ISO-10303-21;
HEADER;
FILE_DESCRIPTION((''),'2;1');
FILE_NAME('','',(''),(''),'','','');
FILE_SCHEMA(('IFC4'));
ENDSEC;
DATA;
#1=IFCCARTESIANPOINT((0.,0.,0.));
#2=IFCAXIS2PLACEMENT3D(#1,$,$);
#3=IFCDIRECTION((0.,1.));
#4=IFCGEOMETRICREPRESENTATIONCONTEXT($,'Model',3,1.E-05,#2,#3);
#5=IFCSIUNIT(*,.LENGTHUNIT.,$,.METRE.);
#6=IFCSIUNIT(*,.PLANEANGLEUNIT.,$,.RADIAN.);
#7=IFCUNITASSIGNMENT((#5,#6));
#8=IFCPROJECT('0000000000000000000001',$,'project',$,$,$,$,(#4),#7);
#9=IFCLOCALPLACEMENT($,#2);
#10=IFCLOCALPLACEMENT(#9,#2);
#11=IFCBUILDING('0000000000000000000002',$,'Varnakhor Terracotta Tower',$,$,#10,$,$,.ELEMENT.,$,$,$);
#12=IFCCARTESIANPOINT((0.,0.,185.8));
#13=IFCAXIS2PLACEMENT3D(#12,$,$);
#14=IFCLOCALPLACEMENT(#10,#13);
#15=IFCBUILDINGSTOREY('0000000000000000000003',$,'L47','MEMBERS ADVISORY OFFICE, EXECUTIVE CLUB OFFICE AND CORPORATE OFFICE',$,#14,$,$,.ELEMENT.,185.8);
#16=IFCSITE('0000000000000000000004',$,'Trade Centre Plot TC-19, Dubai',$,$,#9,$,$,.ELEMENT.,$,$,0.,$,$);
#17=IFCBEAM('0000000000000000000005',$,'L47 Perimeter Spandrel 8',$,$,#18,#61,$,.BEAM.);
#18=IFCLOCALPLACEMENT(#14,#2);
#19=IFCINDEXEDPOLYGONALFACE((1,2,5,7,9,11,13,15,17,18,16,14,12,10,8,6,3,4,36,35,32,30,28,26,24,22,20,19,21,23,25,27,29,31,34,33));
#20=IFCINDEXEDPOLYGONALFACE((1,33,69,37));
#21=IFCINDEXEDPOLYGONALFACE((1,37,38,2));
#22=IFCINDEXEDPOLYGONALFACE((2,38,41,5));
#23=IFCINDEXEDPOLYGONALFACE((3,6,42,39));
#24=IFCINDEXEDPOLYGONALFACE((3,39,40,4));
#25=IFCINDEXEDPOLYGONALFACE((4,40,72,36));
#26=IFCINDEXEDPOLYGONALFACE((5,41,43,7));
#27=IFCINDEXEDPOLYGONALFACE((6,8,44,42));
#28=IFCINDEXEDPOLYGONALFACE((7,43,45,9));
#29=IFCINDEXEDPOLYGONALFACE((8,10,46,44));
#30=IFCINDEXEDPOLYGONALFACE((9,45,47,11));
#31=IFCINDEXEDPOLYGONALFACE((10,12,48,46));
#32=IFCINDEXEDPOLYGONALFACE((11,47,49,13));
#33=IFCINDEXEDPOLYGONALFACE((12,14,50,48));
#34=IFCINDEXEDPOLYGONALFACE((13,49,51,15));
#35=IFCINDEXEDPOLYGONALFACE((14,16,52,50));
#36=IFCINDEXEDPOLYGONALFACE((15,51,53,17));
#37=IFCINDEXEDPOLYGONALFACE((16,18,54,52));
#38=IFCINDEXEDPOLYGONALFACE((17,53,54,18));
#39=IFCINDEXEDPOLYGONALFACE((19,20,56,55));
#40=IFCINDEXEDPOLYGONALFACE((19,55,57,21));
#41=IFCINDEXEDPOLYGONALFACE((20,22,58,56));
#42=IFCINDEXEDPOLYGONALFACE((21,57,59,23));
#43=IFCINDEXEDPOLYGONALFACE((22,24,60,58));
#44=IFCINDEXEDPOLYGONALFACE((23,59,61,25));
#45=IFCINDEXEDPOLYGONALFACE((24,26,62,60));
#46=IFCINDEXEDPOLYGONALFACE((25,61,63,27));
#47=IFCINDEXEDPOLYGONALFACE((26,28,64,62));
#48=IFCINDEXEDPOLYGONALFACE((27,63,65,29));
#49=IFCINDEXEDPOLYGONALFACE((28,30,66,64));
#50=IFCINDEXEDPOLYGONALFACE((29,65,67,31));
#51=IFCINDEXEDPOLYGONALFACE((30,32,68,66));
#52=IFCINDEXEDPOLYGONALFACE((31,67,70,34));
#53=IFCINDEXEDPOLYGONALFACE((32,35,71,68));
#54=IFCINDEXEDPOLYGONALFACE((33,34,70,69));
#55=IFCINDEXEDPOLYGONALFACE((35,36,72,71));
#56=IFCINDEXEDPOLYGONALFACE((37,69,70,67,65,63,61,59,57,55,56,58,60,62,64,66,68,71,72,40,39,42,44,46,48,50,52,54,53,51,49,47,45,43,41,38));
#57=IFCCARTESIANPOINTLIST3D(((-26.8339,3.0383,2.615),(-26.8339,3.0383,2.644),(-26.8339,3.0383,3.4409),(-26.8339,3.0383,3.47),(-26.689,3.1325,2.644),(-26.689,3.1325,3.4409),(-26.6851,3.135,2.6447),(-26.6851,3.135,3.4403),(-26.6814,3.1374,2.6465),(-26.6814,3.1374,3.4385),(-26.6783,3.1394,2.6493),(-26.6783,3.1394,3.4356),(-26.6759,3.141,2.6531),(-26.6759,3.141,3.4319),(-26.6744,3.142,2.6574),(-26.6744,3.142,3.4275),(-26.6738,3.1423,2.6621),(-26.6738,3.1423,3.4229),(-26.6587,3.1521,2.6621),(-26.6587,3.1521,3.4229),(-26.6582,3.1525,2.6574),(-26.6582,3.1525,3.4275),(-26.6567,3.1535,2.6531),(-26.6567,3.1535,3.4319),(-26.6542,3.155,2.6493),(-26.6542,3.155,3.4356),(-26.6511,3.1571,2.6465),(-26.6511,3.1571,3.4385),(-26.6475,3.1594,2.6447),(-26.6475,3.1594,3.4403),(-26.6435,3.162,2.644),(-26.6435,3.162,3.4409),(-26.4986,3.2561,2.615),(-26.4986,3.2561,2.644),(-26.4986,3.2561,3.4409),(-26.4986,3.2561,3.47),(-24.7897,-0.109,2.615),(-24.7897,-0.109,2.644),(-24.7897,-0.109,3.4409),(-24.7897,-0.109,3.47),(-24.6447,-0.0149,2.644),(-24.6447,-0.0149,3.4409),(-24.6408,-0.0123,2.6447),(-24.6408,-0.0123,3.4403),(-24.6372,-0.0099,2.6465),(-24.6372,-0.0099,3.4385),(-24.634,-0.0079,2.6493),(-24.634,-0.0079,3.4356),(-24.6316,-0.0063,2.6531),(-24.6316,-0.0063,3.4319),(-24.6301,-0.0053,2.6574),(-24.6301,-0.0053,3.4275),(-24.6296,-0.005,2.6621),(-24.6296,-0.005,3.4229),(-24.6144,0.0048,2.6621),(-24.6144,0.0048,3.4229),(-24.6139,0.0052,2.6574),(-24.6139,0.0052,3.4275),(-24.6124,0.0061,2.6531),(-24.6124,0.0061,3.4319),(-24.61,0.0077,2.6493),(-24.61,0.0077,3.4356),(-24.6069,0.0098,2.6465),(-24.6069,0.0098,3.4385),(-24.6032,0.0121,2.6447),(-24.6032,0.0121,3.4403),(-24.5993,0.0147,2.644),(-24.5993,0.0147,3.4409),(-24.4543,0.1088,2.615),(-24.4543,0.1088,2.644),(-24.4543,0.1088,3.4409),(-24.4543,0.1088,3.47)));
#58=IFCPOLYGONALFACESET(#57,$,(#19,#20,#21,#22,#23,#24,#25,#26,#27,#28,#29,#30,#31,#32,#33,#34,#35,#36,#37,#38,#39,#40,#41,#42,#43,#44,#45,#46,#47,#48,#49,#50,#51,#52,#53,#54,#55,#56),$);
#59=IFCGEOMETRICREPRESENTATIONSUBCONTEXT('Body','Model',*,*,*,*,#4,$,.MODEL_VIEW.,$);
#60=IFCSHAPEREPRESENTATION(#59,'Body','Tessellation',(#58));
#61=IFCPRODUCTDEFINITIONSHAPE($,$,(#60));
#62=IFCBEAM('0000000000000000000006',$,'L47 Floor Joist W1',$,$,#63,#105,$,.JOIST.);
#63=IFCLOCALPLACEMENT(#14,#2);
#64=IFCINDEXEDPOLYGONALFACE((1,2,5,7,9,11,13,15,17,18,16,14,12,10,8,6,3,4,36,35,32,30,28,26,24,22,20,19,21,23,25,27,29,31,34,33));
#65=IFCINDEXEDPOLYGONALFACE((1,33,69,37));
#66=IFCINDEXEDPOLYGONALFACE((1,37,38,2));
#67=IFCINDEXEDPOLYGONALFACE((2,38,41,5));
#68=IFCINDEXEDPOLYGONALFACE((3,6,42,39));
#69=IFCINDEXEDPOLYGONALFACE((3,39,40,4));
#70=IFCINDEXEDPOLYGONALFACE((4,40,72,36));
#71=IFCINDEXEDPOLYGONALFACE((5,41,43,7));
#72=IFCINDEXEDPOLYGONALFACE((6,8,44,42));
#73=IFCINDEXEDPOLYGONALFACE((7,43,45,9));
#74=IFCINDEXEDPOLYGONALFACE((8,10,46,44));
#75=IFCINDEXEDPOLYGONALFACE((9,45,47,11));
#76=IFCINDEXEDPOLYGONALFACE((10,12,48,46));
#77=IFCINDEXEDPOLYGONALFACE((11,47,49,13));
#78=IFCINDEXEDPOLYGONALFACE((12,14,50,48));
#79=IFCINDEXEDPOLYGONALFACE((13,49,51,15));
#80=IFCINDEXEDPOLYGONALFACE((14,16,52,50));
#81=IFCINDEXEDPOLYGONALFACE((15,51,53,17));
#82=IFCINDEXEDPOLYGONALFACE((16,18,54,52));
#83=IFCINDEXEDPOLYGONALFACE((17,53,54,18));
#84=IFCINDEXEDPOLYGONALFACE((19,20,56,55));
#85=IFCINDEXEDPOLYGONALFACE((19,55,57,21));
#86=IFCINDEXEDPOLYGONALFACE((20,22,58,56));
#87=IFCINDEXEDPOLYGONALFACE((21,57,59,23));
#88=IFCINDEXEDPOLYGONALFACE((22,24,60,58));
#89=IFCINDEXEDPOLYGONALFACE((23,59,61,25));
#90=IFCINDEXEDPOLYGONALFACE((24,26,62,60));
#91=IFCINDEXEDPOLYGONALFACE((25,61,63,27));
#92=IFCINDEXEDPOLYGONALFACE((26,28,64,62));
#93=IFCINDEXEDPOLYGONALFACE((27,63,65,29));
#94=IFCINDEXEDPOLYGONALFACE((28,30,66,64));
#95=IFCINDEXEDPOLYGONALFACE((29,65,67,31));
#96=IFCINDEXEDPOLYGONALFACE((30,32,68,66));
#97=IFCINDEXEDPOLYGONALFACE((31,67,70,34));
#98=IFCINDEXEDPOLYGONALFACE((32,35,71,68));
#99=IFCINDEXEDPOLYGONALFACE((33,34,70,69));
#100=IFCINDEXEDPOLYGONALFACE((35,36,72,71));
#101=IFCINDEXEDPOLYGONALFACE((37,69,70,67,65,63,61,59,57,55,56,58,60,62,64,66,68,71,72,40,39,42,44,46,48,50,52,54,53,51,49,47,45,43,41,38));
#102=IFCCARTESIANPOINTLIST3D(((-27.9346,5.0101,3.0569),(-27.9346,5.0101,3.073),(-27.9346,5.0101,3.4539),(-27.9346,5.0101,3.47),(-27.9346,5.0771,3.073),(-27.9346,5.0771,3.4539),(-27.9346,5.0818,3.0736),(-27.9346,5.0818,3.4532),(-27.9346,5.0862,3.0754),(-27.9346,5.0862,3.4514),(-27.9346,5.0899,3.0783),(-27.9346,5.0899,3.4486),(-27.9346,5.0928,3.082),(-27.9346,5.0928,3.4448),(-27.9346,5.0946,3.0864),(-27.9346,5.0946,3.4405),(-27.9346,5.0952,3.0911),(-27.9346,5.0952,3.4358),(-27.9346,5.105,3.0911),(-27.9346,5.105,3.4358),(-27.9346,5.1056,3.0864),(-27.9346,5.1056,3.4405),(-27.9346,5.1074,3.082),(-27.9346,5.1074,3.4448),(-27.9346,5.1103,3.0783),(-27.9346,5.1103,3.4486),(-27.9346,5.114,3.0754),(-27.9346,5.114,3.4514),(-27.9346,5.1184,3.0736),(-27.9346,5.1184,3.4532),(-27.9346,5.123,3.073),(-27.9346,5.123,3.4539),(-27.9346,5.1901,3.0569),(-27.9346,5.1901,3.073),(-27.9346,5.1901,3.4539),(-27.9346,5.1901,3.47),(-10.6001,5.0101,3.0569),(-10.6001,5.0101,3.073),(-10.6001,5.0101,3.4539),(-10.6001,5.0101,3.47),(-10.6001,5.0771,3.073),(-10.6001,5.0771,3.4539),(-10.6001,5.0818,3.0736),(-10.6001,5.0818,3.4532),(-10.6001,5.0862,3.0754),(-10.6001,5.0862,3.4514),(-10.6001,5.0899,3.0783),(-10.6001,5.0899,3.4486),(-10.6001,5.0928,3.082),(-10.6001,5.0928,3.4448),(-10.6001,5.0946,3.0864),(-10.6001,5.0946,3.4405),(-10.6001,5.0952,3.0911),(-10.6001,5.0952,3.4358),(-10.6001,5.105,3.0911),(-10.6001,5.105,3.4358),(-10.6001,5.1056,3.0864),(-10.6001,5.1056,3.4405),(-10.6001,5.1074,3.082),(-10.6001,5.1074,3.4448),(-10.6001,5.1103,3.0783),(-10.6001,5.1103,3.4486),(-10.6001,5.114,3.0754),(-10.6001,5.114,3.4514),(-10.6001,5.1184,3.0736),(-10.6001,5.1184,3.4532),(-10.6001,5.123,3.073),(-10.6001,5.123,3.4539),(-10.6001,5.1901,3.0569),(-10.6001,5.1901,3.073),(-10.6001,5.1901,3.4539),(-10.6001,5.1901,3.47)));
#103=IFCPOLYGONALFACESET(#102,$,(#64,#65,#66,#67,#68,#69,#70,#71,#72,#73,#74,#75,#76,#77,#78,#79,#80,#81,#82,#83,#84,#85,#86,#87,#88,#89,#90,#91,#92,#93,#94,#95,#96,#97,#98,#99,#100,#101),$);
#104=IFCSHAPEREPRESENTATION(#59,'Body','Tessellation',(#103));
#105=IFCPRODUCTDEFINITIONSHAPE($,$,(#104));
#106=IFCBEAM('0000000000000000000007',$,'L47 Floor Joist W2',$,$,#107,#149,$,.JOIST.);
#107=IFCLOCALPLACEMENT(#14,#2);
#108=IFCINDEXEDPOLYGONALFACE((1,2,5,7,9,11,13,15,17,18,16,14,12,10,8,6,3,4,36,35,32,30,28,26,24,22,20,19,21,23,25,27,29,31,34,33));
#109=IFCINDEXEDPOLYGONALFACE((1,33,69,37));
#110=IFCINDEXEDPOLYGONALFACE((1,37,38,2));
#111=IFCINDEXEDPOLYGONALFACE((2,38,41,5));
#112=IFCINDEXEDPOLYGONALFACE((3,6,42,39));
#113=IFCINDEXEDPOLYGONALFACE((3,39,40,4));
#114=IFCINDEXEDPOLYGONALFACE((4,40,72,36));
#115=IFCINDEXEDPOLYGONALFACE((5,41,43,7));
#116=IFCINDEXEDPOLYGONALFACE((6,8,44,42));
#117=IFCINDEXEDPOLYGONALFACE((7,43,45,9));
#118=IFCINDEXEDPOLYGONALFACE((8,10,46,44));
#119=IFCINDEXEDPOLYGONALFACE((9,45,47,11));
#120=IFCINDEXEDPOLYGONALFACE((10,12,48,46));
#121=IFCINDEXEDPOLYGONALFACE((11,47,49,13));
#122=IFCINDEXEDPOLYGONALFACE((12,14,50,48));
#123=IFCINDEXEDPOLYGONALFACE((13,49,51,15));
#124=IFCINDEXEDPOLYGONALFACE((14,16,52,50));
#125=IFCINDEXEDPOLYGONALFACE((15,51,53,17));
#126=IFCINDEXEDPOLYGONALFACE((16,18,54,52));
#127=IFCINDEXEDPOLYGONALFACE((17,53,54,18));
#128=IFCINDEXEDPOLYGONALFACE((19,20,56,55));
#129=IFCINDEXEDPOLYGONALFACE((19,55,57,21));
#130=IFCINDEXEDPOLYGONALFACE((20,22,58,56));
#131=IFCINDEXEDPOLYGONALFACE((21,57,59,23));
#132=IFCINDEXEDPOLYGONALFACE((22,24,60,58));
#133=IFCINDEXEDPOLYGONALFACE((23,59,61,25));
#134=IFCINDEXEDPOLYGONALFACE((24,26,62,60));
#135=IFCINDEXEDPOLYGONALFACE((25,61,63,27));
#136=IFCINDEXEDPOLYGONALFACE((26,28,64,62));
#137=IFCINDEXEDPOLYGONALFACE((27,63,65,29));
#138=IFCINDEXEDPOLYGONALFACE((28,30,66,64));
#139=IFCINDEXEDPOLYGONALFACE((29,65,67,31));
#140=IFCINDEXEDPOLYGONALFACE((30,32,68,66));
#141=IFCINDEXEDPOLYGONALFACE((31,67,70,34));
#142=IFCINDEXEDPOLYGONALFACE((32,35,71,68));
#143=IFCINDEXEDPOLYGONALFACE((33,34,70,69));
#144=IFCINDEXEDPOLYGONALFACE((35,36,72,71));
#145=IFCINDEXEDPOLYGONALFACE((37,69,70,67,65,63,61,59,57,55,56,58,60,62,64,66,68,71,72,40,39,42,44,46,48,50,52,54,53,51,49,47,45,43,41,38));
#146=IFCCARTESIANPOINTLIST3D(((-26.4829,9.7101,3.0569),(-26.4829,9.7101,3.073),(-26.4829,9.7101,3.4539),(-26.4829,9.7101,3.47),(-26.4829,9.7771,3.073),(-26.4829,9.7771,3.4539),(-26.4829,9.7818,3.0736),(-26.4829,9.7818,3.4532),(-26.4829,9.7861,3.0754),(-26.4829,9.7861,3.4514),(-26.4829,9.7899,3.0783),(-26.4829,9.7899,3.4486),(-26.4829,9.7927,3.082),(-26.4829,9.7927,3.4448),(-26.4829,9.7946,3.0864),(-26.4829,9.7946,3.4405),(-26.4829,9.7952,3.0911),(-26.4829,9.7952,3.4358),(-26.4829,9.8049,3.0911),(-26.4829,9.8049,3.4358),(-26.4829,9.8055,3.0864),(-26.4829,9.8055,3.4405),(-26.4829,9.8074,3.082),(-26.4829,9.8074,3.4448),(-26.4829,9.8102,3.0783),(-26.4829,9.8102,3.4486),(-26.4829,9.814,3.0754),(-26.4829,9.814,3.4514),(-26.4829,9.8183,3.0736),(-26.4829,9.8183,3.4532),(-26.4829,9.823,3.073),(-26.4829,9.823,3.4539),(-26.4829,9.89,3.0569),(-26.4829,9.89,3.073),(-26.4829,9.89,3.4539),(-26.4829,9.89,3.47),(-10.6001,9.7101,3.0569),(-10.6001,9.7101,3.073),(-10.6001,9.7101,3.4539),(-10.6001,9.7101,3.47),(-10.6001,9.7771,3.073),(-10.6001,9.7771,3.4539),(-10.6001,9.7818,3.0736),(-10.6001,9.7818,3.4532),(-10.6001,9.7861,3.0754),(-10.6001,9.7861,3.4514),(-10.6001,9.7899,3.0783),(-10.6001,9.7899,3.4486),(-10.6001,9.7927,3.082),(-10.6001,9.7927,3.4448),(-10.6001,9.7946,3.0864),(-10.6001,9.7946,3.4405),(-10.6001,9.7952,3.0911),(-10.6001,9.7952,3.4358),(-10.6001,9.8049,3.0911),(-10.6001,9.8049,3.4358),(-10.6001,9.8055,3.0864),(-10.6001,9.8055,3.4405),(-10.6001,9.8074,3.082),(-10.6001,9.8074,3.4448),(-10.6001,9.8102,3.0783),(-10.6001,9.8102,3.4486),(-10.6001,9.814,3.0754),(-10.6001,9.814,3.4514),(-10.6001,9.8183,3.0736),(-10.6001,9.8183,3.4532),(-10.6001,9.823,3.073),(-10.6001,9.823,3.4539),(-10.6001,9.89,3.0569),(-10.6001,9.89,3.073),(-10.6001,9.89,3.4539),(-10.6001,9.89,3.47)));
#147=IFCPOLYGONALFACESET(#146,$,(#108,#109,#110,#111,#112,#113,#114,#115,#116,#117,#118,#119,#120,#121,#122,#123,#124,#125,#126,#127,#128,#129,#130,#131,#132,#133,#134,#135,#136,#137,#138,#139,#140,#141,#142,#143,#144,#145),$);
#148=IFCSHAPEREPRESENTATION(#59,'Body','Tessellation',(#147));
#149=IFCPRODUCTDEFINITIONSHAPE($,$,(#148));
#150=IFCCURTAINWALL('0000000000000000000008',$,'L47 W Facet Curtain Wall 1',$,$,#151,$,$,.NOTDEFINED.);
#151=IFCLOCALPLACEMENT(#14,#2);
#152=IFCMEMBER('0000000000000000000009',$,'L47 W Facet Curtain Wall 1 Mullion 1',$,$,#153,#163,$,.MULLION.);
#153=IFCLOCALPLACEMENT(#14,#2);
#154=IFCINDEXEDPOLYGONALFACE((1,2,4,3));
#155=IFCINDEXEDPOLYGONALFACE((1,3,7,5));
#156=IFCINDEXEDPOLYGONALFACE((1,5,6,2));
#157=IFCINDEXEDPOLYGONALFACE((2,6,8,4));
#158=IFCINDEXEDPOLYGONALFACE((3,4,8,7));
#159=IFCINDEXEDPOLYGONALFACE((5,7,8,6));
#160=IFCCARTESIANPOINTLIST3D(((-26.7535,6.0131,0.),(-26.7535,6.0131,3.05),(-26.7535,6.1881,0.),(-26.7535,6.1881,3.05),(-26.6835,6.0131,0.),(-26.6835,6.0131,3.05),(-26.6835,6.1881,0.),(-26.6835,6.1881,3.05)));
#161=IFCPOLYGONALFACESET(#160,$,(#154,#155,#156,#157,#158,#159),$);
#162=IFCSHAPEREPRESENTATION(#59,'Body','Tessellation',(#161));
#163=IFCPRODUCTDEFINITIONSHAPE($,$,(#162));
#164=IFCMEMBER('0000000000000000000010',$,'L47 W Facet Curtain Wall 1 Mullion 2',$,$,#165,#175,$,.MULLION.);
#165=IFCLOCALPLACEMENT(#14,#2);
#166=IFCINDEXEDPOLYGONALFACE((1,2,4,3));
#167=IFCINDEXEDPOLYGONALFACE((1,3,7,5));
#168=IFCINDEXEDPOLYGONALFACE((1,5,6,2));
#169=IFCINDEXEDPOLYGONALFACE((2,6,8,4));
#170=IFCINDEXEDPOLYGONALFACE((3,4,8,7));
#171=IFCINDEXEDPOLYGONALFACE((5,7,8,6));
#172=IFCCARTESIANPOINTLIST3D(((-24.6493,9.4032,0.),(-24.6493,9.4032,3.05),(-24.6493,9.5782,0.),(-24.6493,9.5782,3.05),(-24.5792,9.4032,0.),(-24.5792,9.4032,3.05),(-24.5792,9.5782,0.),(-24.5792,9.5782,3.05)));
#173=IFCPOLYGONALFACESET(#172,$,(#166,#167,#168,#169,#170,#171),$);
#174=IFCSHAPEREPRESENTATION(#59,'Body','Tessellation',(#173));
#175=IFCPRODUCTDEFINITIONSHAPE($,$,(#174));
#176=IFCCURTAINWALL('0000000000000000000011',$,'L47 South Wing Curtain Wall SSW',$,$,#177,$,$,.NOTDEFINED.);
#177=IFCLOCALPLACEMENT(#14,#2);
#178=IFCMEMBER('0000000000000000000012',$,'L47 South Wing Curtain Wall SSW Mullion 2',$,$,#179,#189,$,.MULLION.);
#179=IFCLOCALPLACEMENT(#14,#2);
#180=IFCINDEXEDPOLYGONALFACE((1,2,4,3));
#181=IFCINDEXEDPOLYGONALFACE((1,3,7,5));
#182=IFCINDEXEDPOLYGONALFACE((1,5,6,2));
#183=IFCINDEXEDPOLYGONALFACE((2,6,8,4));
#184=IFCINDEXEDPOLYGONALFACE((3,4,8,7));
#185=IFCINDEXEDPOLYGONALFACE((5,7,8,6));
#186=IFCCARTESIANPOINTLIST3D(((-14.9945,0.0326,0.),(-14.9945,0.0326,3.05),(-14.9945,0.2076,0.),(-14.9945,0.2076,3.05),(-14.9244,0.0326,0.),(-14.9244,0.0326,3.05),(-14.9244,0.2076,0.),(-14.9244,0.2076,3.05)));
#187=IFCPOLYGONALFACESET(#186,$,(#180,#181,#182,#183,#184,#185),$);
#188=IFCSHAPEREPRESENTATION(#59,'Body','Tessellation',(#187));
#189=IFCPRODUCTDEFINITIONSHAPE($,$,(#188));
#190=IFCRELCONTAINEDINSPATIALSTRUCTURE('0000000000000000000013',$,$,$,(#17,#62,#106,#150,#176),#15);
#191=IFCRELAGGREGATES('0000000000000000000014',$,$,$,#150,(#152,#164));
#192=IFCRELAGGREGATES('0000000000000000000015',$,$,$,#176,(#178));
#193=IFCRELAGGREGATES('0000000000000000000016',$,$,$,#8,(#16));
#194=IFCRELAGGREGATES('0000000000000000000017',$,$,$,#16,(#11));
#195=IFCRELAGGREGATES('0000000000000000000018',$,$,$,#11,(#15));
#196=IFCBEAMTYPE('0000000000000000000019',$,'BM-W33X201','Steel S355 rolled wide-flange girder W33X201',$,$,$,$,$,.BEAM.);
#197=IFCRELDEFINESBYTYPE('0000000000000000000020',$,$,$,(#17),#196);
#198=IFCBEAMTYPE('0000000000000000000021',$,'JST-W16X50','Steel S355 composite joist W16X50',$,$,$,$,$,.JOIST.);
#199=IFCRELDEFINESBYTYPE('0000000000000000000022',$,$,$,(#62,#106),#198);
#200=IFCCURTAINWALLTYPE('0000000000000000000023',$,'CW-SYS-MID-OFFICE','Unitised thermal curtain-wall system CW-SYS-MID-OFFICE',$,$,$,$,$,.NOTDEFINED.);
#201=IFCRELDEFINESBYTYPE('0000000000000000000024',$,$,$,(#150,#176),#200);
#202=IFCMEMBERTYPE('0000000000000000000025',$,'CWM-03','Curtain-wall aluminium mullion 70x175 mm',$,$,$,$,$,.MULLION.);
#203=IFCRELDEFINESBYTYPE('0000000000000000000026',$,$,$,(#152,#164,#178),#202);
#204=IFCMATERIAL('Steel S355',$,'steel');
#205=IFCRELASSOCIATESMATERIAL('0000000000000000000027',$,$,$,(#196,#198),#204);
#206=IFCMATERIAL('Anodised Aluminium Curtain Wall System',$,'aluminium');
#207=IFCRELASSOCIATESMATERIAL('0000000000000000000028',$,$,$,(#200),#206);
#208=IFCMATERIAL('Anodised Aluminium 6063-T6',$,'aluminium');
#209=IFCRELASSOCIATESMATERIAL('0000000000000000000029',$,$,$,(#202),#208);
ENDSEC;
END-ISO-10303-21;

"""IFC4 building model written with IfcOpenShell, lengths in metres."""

from ifc_helpers import new_model, si_unit, direction, frame, origin, origin_2d, place, context, subcontext, project, spatial, rectangle, i_section, extrude, source, transform, mapped, material, material_profile, profile_set, type_object, element, aggregate, save


model = new_model("IFC4")

# Units and contexts
model_context = context("Model", 3, precision=1e-05, world=origin(), true_north=direction((0.0, 1.0)))
body_context = subcontext(model_context, "Body", "Model", "MODEL_VIEW")
ifc_project = project(units=[si_unit("LENGTHUNIT", "METRE"), si_unit("PLANEANGLEUNIT", "RADIAN")], contexts=[model_context])

# Site, building, storey
site_placement = place(None, origin())
site = spatial("IfcSite", under=ifc_project, at=site_placement, Name="Trade Centre Plot TC-19, Dubai", CompositionType="ELEMENT", RefElevation=0.0)
building_placement = place(site_placement, origin())
building = spatial("IfcBuilding", under=site, at=building_placement, Name="Varnakhor Terracotta Tower", CompositionType="ELEMENT")
storey_placement = place(building_placement, frame((0.0, 0.0, 185.8)))
storey = spatial("IfcBuildingStorey", under=building, at=storey_placement, Name="L47", Description="MEMBERS ADVISORY OFFICE, EXECUTIVE CLUB OFFICE AND CORPORATE OFFICE", CompositionType="ELEMENT", Elevation=185.8)

# Beams
ifc_material_1 = material(Name="Steel S355", Category="steel")
ifc_material_profile_1 = material_profile(ifc_material_1, i_section(OverallWidth=0.3999, OverallDepth=0.855, WebThickness=0.0181, FlangeThickness=0.0291, FilletRadius=0.0181, at=origin_2d()), Name="W33X201")
ifc_profile_set_1 = profile_set([ifc_material_profile_1], Name="Steel S355")
beam_type_1 = type_object("IfcBeamType", Name="BM-W33X201", Description="Steel S355 rolled wide-flange girder W33X201", PredefinedType="BEAM", material=ifc_profile_set_1)
shared_shape_1 = source(origin(), body_context, "Body", "SweptSolid", [
    extrude(i_section(OverallWidth=0.3999, OverallDepth=0.855, WebThickness=0.0181, FlangeThickness=0.0291, FilletRadius=0.0181, at=origin_2d()), origin(), (0.0, 0.0, 1.0), 3.7529),
])
beam_1_placement = place(storey_placement, frame((-26.6663, 3.1472, 3.0425), z_axis=(0.544707, -0.838626, 0.0), x_axis=(0.838626, 0.544707, 0.0)))
element("IfcBeam", 1, at=beam_1_placement, inside=storey, type_object=beam_type_1, Name="L47 Perimeter Spandrel 8", PredefinedType="BEAM", context=body_context, shape_type="MappedRepresentation", body=[
    mapped(shared_shape_1, transform((0.0, 0.0, 0.0), scale=1.0)),
])
ifc_material_profile_2 = material_profile(ifc_material_1, i_section(OverallWidth=0.1799, OverallDepth=0.4131, WebThickness=0.0098, FlangeThickness=0.0161, FilletRadius=0.0181, at=origin_2d()), Name="W16X50")
ifc_profile_set_2 = profile_set([ifc_material_profile_2], Name="Steel S355")
beam_type_2 = type_object("IfcBeamType", Name="JST-W16X50", Description="Steel S355 composite joist W16X50", PredefinedType="JOIST", material=ifc_profile_set_2)
shared_shape_2 = source(origin(), body_context, "Body", "SweptSolid", [
    extrude(i_section(OverallWidth=0.1799, OverallDepth=0.4131, WebThickness=0.0098, FlangeThickness=0.0161, FilletRadius=0.0181, at=origin_2d()), origin(), (0.0, 0.0, 1.0), 17.3345),
])
beam_2_placement = place(storey_placement, frame((-27.9346, 5.1001, 3.2634), z_axis=(1.0, 0.0, 0.0), x_axis=(0.0, 1.0, 0.0)))
element("IfcBeam", 2, at=beam_2_placement, inside=storey, type_object=beam_type_2, Name="L47 Floor Joist W1", PredefinedType="JOIST", context=body_context, shape_type="MappedRepresentation", body=[
    mapped(shared_shape_2, transform((0.0, 0.0, 0.0), scale=1.0)),
])
shared_shape_3 = source(origin(), body_context, "Body", "SweptSolid", [
    extrude(i_section(OverallWidth=0.1799, OverallDepth=0.4131, WebThickness=0.0098, FlangeThickness=0.0161, FilletRadius=0.0181, at=origin_2d()), origin(), (0.0, 0.0, 1.0), 15.8828),
])
beam_3_placement = place(storey_placement, frame((-26.4829, 9.8, 3.2634), z_axis=(1.0, 0.0, 0.0), x_axis=(0.0, 1.0, 0.0)))
element("IfcBeam", 3, at=beam_3_placement, inside=storey, type_object=beam_type_2, Name="L47 Floor Joist W2", PredefinedType="JOIST", context=body_context, shape_type="MappedRepresentation", body=[
    mapped(shared_shape_3, transform((0.0, 0.0, 0.0), scale=1.0)),
])

# Curtain walls, members
ifc_material_2 = material(Name="Anodised Aluminium Curtain Wall System", Category="aluminium")
curtain_wall_type = type_object("IfcCurtainWallType", Name="CW-SYS-MID-OFFICE", Description="Unitised thermal curtain-wall system CW-SYS-MID-OFFICE", PredefinedType="NOTDEFINED", material=ifc_material_2)
curtain_wall_1_placement = place(storey_placement, origin())
curtain_wall_1 = element("IfcCurtainWall", 4, at=curtain_wall_1_placement, inside=storey, type_object=curtain_wall_type, Name="L47 W Facet Curtain Wall 1", PredefinedType="NOTDEFINED")
ifc_material_3 = material(Name="Anodised Aluminium 6063-T6", Category="aluminium")
ifc_material_profile_3 = material_profile(ifc_material_3, rectangle(XDim=0.0701, YDim=0.175, at=origin_2d()), Name="ALU MULLION 70x175")
ifc_profile_set_3 = profile_set([ifc_material_profile_3], Name="Anodised Aluminium 6063-T6")
member_type_1 = type_object("IfcMemberType", Name="CWM-03", Description="Curtain-wall aluminium mullion 70x175 mm", PredefinedType="MULLION", material=ifc_profile_set_3)
shared_shape_4 = source(origin(), body_context, "Body", "SweptSolid", [
    extrude(rectangle(XDim=0.0701, YDim=0.175, at=origin_2d()), origin(), (0.0, 0.0, 1.0), 3.05),
])
member_1_placement = place(storey_placement, frame((-26.7185, 6.1006, 0.0), z_axis=(0.0, 0.0, 1.0), x_axis=(1.0, 0.0, 0.0)))
member_1 = element("IfcMember", 5, at=member_1_placement, type_object=member_type_1, Name="L47 W Facet Curtain Wall 1 Mullion 1", PredefinedType="MULLION", context=body_context, shape_type="MappedRepresentation", body=[
    mapped(shared_shape_4, transform((0.0, 0.0, 0.0), scale=1.0)),
])
member_2_placement = place(storey_placement, frame((-24.6143, 9.4907, 0.0), z_axis=(0.0, 0.0, 1.0), x_axis=(1.0, 0.0, 0.0)))
member_2 = element("IfcMember", 6, at=member_2_placement, type_object=member_type_1, Name="L47 W Facet Curtain Wall 1 Mullion 2", PredefinedType="MULLION", context=body_context, shape_type="MappedRepresentation", body=[
    mapped(shared_shape_4, transform((0.0, 0.0, 0.0), scale=1.0)),
])
curtain_wall_2_placement = place(storey_placement, origin())
curtain_wall_2 = element("IfcCurtainWall", 7, at=curtain_wall_2_placement, inside=storey, type_object=curtain_wall_type, Name="L47 South Wing Curtain Wall SSW", PredefinedType="NOTDEFINED")
member_3_placement = place(storey_placement, frame((-14.9595, 0.1201, 0.0), z_axis=(0.0, 0.0, 1.0), x_axis=(1.0, 0.0, 0.0)))
member_3 = element("IfcMember", 8, at=member_3_placement, type_object=member_type_1, Name="L47 South Wing Curtain Wall SSW Mullion 2", PredefinedType="MULLION", context=body_context, shape_type="MappedRepresentation", body=[
    mapped(shared_shape_4, transform((0.0, 0.0, 0.0), scale=1.0)),
])

aggregate(curtain_wall_1, [member_1, member_2])
aggregate(curtain_wall_2, [member_3])

save(model, "model.ifc")
